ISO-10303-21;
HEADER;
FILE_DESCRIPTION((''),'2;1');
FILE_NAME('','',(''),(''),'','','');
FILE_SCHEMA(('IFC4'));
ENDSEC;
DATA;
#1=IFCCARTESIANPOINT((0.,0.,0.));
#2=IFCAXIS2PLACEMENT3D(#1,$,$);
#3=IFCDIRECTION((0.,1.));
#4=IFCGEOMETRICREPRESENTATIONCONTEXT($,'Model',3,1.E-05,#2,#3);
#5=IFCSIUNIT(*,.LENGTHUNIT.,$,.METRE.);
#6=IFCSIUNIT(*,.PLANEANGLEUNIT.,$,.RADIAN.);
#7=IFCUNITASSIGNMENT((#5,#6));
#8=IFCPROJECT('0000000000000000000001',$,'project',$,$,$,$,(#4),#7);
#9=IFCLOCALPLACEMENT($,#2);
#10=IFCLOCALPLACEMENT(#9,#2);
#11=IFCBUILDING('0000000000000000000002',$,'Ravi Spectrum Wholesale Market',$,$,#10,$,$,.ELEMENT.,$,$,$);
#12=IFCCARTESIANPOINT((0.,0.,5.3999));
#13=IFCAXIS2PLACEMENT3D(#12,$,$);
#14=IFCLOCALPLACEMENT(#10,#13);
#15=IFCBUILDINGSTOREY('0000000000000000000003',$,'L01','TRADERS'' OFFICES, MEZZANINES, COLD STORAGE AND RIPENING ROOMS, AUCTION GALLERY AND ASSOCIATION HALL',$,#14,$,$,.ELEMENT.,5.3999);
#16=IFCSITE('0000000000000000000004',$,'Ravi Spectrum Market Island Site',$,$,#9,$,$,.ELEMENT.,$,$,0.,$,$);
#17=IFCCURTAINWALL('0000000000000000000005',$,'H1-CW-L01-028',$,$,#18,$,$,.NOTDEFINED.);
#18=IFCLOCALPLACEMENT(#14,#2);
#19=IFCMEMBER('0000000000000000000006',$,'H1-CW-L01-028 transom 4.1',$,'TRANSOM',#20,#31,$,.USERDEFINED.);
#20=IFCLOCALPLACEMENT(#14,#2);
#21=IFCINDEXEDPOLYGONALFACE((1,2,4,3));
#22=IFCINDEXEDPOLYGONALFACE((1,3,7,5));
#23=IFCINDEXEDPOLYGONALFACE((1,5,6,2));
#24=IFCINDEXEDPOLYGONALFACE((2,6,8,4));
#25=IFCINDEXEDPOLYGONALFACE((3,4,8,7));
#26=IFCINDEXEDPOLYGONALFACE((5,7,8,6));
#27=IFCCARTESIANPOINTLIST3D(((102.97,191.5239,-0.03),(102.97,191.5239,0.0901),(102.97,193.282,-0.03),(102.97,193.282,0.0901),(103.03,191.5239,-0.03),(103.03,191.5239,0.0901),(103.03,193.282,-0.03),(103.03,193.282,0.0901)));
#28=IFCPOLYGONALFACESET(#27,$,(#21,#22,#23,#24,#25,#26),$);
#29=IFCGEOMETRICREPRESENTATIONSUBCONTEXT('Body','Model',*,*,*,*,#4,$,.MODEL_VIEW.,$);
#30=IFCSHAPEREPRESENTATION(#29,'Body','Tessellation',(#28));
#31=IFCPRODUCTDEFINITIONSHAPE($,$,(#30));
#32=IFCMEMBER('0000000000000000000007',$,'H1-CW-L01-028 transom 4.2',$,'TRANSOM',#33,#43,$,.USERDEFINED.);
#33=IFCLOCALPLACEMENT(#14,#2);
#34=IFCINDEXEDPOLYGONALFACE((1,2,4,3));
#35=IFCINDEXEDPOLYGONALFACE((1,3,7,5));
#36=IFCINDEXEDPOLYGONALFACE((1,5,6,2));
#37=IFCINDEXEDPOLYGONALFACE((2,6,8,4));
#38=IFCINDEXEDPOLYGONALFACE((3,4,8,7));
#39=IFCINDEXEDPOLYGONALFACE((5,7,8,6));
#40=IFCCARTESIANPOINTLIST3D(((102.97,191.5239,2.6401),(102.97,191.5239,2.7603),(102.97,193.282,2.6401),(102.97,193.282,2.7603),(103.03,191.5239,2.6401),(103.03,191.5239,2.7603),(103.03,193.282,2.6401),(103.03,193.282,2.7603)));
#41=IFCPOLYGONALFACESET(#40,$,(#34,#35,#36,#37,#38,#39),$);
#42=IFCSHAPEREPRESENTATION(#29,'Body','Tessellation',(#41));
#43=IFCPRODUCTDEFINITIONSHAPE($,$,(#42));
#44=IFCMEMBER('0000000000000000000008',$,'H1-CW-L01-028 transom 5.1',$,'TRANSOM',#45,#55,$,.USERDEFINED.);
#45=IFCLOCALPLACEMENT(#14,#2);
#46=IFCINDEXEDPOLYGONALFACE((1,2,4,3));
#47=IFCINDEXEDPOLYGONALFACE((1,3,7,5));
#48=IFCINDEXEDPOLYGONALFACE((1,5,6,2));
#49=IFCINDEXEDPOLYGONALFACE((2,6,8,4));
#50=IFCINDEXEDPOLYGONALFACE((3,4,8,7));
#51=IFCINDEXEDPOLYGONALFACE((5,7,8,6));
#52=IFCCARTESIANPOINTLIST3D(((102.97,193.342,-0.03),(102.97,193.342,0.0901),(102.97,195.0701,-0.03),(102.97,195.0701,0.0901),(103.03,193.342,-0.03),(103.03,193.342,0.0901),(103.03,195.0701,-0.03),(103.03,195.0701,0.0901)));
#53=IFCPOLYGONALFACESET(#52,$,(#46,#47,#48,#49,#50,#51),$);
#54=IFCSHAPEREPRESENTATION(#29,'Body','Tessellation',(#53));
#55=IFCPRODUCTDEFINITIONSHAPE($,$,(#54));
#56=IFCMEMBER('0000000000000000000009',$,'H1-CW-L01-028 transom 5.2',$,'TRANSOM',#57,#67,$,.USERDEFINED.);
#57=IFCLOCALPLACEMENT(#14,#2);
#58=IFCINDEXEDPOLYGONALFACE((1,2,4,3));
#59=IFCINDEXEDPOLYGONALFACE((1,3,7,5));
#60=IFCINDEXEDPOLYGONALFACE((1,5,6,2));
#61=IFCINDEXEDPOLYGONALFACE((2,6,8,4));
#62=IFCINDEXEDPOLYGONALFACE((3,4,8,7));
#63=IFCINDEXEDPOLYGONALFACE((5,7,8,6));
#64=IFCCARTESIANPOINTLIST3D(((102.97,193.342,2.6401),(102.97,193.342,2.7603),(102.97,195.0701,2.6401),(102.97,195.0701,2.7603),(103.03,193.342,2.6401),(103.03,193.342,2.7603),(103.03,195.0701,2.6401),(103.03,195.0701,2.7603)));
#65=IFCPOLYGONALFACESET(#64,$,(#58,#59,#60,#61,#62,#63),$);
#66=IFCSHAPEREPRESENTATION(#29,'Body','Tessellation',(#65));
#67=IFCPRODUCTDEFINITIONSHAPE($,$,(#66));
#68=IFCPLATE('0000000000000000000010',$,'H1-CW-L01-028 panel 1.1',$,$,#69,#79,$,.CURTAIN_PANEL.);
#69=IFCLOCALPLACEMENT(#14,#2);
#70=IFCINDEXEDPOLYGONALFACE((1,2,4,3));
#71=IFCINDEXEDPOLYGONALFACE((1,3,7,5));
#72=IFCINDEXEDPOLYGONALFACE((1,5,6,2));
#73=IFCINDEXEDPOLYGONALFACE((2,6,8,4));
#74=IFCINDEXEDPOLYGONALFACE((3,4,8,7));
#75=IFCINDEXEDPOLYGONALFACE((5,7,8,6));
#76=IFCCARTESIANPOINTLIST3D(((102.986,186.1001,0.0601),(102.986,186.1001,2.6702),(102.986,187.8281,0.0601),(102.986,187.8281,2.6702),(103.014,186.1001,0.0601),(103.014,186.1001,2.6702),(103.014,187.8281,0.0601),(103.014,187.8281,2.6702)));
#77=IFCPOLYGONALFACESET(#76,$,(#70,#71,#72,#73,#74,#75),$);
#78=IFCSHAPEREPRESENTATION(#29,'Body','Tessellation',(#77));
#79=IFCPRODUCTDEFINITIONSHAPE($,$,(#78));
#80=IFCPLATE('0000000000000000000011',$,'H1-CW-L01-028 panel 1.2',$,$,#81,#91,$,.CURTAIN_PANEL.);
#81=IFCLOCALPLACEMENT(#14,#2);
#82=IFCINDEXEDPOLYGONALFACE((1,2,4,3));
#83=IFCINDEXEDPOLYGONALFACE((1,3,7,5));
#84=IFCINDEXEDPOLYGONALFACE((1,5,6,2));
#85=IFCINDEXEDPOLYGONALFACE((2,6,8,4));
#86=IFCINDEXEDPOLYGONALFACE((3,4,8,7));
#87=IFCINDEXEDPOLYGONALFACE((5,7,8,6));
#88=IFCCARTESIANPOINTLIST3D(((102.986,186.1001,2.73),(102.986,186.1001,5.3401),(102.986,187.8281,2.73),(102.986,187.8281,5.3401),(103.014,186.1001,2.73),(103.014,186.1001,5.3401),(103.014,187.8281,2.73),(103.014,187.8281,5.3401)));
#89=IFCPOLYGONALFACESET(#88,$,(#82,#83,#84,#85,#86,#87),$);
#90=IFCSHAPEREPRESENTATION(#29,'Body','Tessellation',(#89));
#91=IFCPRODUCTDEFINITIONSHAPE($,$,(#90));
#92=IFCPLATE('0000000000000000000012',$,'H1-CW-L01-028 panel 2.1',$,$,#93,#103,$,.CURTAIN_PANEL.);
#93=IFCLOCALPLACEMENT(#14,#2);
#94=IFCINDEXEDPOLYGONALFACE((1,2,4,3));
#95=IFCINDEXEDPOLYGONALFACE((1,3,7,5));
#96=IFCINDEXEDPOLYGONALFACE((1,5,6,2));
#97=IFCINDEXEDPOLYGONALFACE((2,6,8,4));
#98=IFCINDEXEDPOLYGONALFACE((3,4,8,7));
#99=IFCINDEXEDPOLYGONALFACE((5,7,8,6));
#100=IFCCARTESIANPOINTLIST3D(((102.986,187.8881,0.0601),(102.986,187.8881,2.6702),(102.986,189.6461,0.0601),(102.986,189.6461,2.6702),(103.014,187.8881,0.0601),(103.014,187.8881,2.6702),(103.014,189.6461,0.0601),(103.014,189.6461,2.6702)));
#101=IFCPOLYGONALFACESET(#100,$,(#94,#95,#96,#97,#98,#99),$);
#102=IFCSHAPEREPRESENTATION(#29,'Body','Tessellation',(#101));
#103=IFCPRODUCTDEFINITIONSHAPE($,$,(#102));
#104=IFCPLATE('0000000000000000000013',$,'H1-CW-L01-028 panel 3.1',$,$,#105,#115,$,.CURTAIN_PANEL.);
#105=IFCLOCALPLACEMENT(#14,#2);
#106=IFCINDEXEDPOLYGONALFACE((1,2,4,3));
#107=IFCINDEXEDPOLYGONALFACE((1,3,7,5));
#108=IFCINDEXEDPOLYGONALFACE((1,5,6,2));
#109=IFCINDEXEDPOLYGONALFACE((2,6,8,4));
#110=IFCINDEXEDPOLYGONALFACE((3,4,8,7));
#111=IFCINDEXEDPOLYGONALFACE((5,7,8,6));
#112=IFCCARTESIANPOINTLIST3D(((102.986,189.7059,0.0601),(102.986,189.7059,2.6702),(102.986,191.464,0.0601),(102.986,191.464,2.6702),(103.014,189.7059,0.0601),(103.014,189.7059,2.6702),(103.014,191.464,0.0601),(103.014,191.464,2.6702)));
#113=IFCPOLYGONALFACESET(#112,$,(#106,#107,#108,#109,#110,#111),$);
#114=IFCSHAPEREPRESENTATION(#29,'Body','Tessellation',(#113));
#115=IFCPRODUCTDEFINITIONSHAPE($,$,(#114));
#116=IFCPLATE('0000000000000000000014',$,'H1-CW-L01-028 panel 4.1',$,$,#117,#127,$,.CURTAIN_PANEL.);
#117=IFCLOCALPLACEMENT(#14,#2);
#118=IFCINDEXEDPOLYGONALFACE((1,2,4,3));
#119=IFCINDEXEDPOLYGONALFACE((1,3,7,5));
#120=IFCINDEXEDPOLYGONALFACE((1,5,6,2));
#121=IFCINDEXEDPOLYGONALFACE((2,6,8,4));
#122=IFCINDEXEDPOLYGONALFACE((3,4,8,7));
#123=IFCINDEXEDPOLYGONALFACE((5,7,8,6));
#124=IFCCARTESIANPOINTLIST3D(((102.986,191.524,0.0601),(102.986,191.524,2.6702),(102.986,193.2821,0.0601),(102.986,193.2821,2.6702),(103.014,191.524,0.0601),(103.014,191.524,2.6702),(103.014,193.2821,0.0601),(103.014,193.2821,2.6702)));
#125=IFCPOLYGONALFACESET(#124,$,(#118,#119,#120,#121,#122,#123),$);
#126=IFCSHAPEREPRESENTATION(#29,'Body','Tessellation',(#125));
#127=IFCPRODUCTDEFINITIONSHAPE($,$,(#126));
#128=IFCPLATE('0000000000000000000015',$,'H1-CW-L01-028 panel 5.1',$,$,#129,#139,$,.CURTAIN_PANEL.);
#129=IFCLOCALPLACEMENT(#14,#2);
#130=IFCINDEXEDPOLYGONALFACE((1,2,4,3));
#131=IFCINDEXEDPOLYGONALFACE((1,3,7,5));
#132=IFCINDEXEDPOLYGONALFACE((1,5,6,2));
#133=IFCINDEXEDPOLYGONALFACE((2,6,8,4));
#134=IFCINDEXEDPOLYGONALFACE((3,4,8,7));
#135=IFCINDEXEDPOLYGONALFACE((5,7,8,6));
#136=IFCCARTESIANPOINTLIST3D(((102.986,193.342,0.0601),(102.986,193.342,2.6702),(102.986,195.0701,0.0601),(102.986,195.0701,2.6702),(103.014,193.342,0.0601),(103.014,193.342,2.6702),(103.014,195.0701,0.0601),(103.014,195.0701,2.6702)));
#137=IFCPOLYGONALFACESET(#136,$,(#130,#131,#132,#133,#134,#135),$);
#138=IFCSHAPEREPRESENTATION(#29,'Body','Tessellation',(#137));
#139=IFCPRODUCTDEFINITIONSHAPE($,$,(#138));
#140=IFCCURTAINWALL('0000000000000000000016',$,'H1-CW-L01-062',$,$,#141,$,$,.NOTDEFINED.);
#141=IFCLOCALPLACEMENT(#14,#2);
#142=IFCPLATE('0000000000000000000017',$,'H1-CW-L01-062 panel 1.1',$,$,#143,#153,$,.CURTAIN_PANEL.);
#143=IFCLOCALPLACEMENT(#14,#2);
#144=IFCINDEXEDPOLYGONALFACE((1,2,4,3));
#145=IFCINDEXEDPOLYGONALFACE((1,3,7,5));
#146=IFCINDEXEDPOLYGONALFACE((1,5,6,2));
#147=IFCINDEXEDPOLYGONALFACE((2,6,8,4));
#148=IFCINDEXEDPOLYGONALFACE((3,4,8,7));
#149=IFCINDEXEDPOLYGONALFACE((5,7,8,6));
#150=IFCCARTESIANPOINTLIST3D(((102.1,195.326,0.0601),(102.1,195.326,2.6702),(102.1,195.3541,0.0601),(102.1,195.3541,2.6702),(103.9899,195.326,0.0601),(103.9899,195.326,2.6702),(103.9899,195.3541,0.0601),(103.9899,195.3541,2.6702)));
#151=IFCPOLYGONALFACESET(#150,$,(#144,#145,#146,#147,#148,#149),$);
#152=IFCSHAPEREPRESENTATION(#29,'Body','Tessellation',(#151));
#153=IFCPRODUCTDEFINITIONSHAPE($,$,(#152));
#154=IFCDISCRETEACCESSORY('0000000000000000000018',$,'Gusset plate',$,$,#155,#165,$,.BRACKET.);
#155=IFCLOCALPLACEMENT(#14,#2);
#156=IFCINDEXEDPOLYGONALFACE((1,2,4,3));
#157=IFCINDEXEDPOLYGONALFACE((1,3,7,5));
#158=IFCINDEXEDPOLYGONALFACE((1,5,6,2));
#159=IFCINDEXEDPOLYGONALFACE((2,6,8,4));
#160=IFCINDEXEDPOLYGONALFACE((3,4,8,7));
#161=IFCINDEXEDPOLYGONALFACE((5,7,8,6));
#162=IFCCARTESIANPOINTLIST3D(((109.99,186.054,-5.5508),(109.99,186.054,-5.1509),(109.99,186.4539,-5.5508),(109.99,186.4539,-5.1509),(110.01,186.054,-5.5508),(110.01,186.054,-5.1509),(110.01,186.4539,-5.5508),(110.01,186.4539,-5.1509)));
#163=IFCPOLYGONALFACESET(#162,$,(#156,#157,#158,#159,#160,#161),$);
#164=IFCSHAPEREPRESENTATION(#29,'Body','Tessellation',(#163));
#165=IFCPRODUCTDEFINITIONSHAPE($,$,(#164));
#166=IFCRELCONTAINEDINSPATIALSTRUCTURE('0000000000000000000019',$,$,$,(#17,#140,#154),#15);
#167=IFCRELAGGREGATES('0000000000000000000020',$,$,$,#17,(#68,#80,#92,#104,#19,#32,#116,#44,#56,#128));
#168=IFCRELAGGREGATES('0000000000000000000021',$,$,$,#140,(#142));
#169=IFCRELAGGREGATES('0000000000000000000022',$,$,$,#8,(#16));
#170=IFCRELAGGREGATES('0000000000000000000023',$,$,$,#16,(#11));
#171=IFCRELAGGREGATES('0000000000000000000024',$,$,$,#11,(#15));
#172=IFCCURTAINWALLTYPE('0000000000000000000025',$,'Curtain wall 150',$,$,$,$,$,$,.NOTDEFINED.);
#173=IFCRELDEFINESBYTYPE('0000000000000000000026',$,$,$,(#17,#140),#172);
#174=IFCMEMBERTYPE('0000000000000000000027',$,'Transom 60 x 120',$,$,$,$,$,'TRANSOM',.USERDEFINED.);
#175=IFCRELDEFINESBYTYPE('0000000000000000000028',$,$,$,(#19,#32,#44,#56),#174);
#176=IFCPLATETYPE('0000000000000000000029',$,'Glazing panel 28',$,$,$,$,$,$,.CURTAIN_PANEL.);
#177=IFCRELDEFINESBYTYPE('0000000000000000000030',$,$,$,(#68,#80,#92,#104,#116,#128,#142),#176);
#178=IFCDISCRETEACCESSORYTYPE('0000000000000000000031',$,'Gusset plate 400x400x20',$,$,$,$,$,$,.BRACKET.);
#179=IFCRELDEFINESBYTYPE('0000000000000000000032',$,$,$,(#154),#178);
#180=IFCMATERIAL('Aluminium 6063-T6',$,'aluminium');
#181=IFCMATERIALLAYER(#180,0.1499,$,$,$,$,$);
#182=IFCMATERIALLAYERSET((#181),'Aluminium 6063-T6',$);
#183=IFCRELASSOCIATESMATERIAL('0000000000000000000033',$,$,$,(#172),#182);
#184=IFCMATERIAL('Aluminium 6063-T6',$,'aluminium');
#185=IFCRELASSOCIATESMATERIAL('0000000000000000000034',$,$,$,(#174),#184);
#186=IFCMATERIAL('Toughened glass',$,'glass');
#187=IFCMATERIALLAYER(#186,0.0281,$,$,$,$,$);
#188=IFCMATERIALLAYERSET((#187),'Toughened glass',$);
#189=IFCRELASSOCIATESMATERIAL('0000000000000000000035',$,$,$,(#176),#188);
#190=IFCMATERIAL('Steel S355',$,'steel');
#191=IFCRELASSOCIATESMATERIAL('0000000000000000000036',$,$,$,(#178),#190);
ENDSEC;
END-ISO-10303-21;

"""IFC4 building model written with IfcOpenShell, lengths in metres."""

from ifc_helpers import new_model, si_unit, direction, frame, origin, origin_2d, place, context, subcontext, project, spatial, rectangle, extrude, material, layer, layer_set, material_profile, profile_set, type_object, element, aggregate, save


model = new_model("IFC4")

# Units and contexts
model_context = context("Model", 3, precision=1e-05, world=origin(), true_north=direction((0.0, 1.0)))
body_context = subcontext(model_context, "Body", "Model", "MODEL_VIEW")
ifc_project = project(units=[si_unit("LENGTHUNIT", "METRE"), si_unit("PLANEANGLEUNIT", "RADIAN")], contexts=[model_context])

# Site, building, storey
site_placement = place(None, origin())
site = spatial("IfcSite", under=ifc_project, at=site_placement, Name="Ravi Spectrum Market Island Site", CompositionType="ELEMENT", RefElevation=0.0)
building_placement = place(site_placement, origin())
building = spatial("IfcBuilding", under=site, at=building_placement, Name="Ravi Spectrum Wholesale Market", CompositionType="ELEMENT")
storey_placement = place(building_placement, frame((0.0, 0.0, 5.3999)))
storey = spatial("IfcBuildingStorey", under=building, at=storey_placement, Name="L01", Description="TRADERS' OFFICES, MEZZANINES, COLD STORAGE AND RIPENING ROOMS, AUCTION GALLERY AND ASSOCIATION HALL", CompositionType="ELEMENT", Elevation=5.3999)

# Curtain wall
ifc_material_1 = material(Name="Aluminium 6063-T6", Category="aluminium")
ifc_layer_1 = layer(ifc_material_1, 0.1499)
ifc_layer_set_1 = layer_set([ifc_layer_1], Name="Aluminium 6063-T6")
curtain_wall_type = type_object("IfcCurtainWallType", Name="Curtain wall 150", PredefinedType="NOTDEFINED", material=ifc_layer_set_1)
curtain_wall_1_placement = place(storey_placement, origin())
curtain_wall_1 = element("IfcCurtainWall", 1, at=curtain_wall_1_placement, inside=storey, type_object=curtain_wall_type, Name="H1-CW-L01-028", PredefinedType="NOTDEFINED")

# Members
ifc_material_2 = material(Name="Aluminium 6063-T6", Category="aluminium")
ifc_material_profile_1 = material_profile(ifc_material_2, rectangle(XDim=0.0601, YDim=0.1201, at=origin_2d()))
ifc_profile_set_1 = profile_set([ifc_material_profile_1], Name="Aluminium 6063-T6")
member_type_1 = type_object("IfcMemberType", Name="Transom 60 x 120", ElementType="TRANSOM", PredefinedType="USERDEFINED", material=ifc_profile_set_1)
member_1_placement = place(storey_placement, frame((103.0, 191.5239, 0.03), z_axis=(0.0, 1.0, 0.0), x_axis=(-1.0, 0.0, 0.0)))
member_1 = element("IfcMember", 2, at=member_1_placement, type_object=member_type_1, Name="H1-CW-L01-028 transom 4.1", ObjectType="TRANSOM", PredefinedType="USERDEFINED", context=body_context, shape_type="SweptSolid", body=[
    extrude(rectangle(XDim=0.0601, YDim=0.1201, at=origin_2d()), origin(), (0.0, 0.0, 1.0), 1.7581),
])
member_2_placement = place(storey_placement, frame((103.0, 191.5239, 2.7002), z_axis=(0.0, 1.0, 0.0), x_axis=(-1.0, 0.0, 0.0)))
member_2 = element("IfcMember", 3, at=member_2_placement, type_object=member_type_1, Name="H1-CW-L01-028 transom 4.2", ObjectType="TRANSOM", PredefinedType="USERDEFINED", context=body_context, shape_type="SweptSolid", body=[
    extrude(rectangle(XDim=0.0601, YDim=0.1201, at=origin_2d()), origin(), (0.0, 0.0, 1.0), 1.7581),
])
member_3_placement = place(storey_placement, frame((103.0, 193.342, 0.03), z_axis=(0.0, 1.0, 0.0), x_axis=(-1.0, 0.0, 0.0)))
member_3 = element("IfcMember", 4, at=member_3_placement, type_object=member_type_1, Name="H1-CW-L01-028 transom 5.1", ObjectType="TRANSOM", PredefinedType="USERDEFINED", context=body_context, shape_type="SweptSolid", body=[
    extrude(rectangle(XDim=0.0601, YDim=0.1201, at=origin_2d()), origin(), (0.0, 0.0, 1.0), 1.728),
])
member_4_placement = place(storey_placement, frame((103.0, 193.342, 2.7002), z_axis=(0.0, 1.0, 0.0), x_axis=(-1.0, 0.0, 0.0)))
member_4 = element("IfcMember", 5, at=member_4_placement, type_object=member_type_1, Name="H1-CW-L01-028 transom 5.2", ObjectType="TRANSOM", PredefinedType="USERDEFINED", context=body_context, shape_type="SweptSolid", body=[
    extrude(rectangle(XDim=0.0601, YDim=0.1201, at=origin_2d()), origin(), (0.0, 0.0, 1.0), 1.728),
])

# Plates
ifc_material_3 = material(Name="Toughened glass", Category="glass")
ifc_layer_2 = layer(ifc_material_3, 0.0281)
ifc_layer_set_2 = layer_set([ifc_layer_2], Name="Toughened glass")
plate_type = type_object("IfcPlateType", Name="Glazing panel 28", PredefinedType="CURTAIN_PANEL", material=ifc_layer_set_2)
plate_1_placement = place(storey_placement, frame((103.0, 186.9641, 0.0601), z_axis=(0.0, 0.0, 1.0), x_axis=(0.0, 1.0, 0.0)))
plate_1 = element("IfcPlate", 6, at=plate_1_placement, type_object=plate_type, Name="H1-CW-L01-028 panel 1.1", PredefinedType="CURTAIN_PANEL", context=body_context, shape_type="SweptSolid", body=[
    extrude(rectangle(XDim=1.728, YDim=0.0281, at=origin_2d()), origin(), (0.0, 0.0, 1.0), 2.6101),
])
plate_2_placement = place(storey_placement, frame((103.0, 186.9641, 2.73), z_axis=(0.0, 0.0, 1.0), x_axis=(0.0, 1.0, 0.0)))
plate_2 = element("IfcPlate", 7, at=plate_2_placement, type_object=plate_type, Name="H1-CW-L01-028 panel 1.2", PredefinedType="CURTAIN_PANEL", context=body_context, shape_type="SweptSolid", body=[
    extrude(rectangle(XDim=1.728, YDim=0.0281, at=origin_2d()), origin(), (0.0, 0.0, 1.0), 2.6101),
])
plate_3_placement = place(storey_placement, frame((103.0, 188.7671, 0.0601), z_axis=(0.0, 0.0, 1.0), x_axis=(0.0, 1.0, 0.0)))
plate_3 = element("IfcPlate", 8, at=plate_3_placement, type_object=plate_type, Name="H1-CW-L01-028 panel 2.1", PredefinedType="CURTAIN_PANEL", context=body_context, shape_type="SweptSolid", body=[
    extrude(rectangle(XDim=1.7581, YDim=0.0281, at=origin_2d()), origin(), (0.0, 0.0, 1.0), 2.6101),
])
plate_4_placement = place(storey_placement, frame((103.0, 190.585, 0.0601), z_axis=(0.0, 0.0, 1.0), x_axis=(0.0, 1.0, 0.0)))
plate_4 = element("IfcPlate", 9, at=plate_4_placement, type_object=plate_type, Name="H1-CW-L01-028 panel 3.1", PredefinedType="CURTAIN_PANEL", context=body_context, shape_type="SweptSolid", body=[
    extrude(rectangle(XDim=1.7581, YDim=0.0281, at=origin_2d()), origin(), (0.0, 0.0, 1.0), 2.6101),
])
plate_5_placement = place(storey_placement, frame((103.0, 192.4031, 0.0601), z_axis=(0.0, 0.0, 1.0), x_axis=(0.0, 1.0, 0.0)))
plate_5 = element("IfcPlate", 10, at=plate_5_placement, type_object=plate_type, Name="H1-CW-L01-028 panel 4.1", PredefinedType="CURTAIN_PANEL", context=body_context, shape_type="SweptSolid", body=[
    extrude(rectangle(XDim=1.7581, YDim=0.0281, at=origin_2d()), origin(), (0.0, 0.0, 1.0), 2.6101),
])
plate_6_placement = place(storey_placement, frame((103.0, 194.2061, 0.0601), z_axis=(0.0, 0.0, 1.0), x_axis=(0.0, 1.0, 0.0)))
plate_6 = element("IfcPlate", 11, at=plate_6_placement, type_object=plate_type, Name="H1-CW-L01-028 panel 5.1", PredefinedType="CURTAIN_PANEL", context=body_context, shape_type="SweptSolid", body=[
    extrude(rectangle(XDim=1.728, YDim=0.0281, at=origin_2d()), origin(), (0.0, 0.0, 1.0), 2.6101),
])
aggregate(curtain_wall_1, [plate_1, plate_2, plate_3, plate_4, member_1, member_2, plate_5, member_3, member_4, plate_6])

# Curtain wall, plate
curtain_wall_2_placement = place(storey_placement, origin())
curtain_wall_2 = element("IfcCurtainWall", 12, at=curtain_wall_2_placement, inside=storey, type_object=curtain_wall_type, Name="H1-CW-L01-062", PredefinedType="NOTDEFINED")
plate_7_placement = place(storey_placement, frame((103.0449, 195.3401, 0.0601), z_axis=(0.0, 0.0, 1.0), x_axis=(1.0, 0.0, 0.0)))
plate_7 = element("IfcPlate", 13, at=plate_7_placement, type_object=plate_type, Name="H1-CW-L01-062 panel 1.1", PredefinedType="CURTAIN_PANEL", context=body_context, shape_type="SweptSolid", body=[
    extrude(rectangle(XDim=1.8899, YDim=0.0281, at=origin_2d()), origin(), (0.0, 0.0, 1.0), 2.6101),
])
aggregate(curtain_wall_2, [plate_7])

# Discrete accessory
ifc_material_4 = material(Name="Steel S355", Category="steel")
ifc_material_profile_2 = material_profile(ifc_material_4, rectangle(XDim=0.3999, YDim=0.02, at=origin_2d()))
ifc_profile_set_2 = profile_set([ifc_material_profile_2], Name="Steel S355")
discrete_accessory_type = type_object("IfcDiscreteAccessoryType", Name="Gusset plate 400x400x20", PredefinedType="BRACKET", material=ifc_profile_set_2)
discrete_accessory_placement = place(storey_placement, frame((110.0, 186.2539, -5.5508), z_axis=(0.0, 0.0, 1.0), x_axis=(0.0, 1.0, 0.0)))
element("IfcDiscreteAccessory", 14, at=discrete_accessory_placement, inside=storey, type_object=discrete_accessory_type, Name="Gusset plate", PredefinedType="BRACKET", context=body_context, shape_type="SweptSolid", body=[
    extrude(rectangle(XDim=0.3999, YDim=0.02, at=origin_2d()), origin(), (0.0, 0.0, 1.0), 0.3999),
])

save(model, "model.ifc")
